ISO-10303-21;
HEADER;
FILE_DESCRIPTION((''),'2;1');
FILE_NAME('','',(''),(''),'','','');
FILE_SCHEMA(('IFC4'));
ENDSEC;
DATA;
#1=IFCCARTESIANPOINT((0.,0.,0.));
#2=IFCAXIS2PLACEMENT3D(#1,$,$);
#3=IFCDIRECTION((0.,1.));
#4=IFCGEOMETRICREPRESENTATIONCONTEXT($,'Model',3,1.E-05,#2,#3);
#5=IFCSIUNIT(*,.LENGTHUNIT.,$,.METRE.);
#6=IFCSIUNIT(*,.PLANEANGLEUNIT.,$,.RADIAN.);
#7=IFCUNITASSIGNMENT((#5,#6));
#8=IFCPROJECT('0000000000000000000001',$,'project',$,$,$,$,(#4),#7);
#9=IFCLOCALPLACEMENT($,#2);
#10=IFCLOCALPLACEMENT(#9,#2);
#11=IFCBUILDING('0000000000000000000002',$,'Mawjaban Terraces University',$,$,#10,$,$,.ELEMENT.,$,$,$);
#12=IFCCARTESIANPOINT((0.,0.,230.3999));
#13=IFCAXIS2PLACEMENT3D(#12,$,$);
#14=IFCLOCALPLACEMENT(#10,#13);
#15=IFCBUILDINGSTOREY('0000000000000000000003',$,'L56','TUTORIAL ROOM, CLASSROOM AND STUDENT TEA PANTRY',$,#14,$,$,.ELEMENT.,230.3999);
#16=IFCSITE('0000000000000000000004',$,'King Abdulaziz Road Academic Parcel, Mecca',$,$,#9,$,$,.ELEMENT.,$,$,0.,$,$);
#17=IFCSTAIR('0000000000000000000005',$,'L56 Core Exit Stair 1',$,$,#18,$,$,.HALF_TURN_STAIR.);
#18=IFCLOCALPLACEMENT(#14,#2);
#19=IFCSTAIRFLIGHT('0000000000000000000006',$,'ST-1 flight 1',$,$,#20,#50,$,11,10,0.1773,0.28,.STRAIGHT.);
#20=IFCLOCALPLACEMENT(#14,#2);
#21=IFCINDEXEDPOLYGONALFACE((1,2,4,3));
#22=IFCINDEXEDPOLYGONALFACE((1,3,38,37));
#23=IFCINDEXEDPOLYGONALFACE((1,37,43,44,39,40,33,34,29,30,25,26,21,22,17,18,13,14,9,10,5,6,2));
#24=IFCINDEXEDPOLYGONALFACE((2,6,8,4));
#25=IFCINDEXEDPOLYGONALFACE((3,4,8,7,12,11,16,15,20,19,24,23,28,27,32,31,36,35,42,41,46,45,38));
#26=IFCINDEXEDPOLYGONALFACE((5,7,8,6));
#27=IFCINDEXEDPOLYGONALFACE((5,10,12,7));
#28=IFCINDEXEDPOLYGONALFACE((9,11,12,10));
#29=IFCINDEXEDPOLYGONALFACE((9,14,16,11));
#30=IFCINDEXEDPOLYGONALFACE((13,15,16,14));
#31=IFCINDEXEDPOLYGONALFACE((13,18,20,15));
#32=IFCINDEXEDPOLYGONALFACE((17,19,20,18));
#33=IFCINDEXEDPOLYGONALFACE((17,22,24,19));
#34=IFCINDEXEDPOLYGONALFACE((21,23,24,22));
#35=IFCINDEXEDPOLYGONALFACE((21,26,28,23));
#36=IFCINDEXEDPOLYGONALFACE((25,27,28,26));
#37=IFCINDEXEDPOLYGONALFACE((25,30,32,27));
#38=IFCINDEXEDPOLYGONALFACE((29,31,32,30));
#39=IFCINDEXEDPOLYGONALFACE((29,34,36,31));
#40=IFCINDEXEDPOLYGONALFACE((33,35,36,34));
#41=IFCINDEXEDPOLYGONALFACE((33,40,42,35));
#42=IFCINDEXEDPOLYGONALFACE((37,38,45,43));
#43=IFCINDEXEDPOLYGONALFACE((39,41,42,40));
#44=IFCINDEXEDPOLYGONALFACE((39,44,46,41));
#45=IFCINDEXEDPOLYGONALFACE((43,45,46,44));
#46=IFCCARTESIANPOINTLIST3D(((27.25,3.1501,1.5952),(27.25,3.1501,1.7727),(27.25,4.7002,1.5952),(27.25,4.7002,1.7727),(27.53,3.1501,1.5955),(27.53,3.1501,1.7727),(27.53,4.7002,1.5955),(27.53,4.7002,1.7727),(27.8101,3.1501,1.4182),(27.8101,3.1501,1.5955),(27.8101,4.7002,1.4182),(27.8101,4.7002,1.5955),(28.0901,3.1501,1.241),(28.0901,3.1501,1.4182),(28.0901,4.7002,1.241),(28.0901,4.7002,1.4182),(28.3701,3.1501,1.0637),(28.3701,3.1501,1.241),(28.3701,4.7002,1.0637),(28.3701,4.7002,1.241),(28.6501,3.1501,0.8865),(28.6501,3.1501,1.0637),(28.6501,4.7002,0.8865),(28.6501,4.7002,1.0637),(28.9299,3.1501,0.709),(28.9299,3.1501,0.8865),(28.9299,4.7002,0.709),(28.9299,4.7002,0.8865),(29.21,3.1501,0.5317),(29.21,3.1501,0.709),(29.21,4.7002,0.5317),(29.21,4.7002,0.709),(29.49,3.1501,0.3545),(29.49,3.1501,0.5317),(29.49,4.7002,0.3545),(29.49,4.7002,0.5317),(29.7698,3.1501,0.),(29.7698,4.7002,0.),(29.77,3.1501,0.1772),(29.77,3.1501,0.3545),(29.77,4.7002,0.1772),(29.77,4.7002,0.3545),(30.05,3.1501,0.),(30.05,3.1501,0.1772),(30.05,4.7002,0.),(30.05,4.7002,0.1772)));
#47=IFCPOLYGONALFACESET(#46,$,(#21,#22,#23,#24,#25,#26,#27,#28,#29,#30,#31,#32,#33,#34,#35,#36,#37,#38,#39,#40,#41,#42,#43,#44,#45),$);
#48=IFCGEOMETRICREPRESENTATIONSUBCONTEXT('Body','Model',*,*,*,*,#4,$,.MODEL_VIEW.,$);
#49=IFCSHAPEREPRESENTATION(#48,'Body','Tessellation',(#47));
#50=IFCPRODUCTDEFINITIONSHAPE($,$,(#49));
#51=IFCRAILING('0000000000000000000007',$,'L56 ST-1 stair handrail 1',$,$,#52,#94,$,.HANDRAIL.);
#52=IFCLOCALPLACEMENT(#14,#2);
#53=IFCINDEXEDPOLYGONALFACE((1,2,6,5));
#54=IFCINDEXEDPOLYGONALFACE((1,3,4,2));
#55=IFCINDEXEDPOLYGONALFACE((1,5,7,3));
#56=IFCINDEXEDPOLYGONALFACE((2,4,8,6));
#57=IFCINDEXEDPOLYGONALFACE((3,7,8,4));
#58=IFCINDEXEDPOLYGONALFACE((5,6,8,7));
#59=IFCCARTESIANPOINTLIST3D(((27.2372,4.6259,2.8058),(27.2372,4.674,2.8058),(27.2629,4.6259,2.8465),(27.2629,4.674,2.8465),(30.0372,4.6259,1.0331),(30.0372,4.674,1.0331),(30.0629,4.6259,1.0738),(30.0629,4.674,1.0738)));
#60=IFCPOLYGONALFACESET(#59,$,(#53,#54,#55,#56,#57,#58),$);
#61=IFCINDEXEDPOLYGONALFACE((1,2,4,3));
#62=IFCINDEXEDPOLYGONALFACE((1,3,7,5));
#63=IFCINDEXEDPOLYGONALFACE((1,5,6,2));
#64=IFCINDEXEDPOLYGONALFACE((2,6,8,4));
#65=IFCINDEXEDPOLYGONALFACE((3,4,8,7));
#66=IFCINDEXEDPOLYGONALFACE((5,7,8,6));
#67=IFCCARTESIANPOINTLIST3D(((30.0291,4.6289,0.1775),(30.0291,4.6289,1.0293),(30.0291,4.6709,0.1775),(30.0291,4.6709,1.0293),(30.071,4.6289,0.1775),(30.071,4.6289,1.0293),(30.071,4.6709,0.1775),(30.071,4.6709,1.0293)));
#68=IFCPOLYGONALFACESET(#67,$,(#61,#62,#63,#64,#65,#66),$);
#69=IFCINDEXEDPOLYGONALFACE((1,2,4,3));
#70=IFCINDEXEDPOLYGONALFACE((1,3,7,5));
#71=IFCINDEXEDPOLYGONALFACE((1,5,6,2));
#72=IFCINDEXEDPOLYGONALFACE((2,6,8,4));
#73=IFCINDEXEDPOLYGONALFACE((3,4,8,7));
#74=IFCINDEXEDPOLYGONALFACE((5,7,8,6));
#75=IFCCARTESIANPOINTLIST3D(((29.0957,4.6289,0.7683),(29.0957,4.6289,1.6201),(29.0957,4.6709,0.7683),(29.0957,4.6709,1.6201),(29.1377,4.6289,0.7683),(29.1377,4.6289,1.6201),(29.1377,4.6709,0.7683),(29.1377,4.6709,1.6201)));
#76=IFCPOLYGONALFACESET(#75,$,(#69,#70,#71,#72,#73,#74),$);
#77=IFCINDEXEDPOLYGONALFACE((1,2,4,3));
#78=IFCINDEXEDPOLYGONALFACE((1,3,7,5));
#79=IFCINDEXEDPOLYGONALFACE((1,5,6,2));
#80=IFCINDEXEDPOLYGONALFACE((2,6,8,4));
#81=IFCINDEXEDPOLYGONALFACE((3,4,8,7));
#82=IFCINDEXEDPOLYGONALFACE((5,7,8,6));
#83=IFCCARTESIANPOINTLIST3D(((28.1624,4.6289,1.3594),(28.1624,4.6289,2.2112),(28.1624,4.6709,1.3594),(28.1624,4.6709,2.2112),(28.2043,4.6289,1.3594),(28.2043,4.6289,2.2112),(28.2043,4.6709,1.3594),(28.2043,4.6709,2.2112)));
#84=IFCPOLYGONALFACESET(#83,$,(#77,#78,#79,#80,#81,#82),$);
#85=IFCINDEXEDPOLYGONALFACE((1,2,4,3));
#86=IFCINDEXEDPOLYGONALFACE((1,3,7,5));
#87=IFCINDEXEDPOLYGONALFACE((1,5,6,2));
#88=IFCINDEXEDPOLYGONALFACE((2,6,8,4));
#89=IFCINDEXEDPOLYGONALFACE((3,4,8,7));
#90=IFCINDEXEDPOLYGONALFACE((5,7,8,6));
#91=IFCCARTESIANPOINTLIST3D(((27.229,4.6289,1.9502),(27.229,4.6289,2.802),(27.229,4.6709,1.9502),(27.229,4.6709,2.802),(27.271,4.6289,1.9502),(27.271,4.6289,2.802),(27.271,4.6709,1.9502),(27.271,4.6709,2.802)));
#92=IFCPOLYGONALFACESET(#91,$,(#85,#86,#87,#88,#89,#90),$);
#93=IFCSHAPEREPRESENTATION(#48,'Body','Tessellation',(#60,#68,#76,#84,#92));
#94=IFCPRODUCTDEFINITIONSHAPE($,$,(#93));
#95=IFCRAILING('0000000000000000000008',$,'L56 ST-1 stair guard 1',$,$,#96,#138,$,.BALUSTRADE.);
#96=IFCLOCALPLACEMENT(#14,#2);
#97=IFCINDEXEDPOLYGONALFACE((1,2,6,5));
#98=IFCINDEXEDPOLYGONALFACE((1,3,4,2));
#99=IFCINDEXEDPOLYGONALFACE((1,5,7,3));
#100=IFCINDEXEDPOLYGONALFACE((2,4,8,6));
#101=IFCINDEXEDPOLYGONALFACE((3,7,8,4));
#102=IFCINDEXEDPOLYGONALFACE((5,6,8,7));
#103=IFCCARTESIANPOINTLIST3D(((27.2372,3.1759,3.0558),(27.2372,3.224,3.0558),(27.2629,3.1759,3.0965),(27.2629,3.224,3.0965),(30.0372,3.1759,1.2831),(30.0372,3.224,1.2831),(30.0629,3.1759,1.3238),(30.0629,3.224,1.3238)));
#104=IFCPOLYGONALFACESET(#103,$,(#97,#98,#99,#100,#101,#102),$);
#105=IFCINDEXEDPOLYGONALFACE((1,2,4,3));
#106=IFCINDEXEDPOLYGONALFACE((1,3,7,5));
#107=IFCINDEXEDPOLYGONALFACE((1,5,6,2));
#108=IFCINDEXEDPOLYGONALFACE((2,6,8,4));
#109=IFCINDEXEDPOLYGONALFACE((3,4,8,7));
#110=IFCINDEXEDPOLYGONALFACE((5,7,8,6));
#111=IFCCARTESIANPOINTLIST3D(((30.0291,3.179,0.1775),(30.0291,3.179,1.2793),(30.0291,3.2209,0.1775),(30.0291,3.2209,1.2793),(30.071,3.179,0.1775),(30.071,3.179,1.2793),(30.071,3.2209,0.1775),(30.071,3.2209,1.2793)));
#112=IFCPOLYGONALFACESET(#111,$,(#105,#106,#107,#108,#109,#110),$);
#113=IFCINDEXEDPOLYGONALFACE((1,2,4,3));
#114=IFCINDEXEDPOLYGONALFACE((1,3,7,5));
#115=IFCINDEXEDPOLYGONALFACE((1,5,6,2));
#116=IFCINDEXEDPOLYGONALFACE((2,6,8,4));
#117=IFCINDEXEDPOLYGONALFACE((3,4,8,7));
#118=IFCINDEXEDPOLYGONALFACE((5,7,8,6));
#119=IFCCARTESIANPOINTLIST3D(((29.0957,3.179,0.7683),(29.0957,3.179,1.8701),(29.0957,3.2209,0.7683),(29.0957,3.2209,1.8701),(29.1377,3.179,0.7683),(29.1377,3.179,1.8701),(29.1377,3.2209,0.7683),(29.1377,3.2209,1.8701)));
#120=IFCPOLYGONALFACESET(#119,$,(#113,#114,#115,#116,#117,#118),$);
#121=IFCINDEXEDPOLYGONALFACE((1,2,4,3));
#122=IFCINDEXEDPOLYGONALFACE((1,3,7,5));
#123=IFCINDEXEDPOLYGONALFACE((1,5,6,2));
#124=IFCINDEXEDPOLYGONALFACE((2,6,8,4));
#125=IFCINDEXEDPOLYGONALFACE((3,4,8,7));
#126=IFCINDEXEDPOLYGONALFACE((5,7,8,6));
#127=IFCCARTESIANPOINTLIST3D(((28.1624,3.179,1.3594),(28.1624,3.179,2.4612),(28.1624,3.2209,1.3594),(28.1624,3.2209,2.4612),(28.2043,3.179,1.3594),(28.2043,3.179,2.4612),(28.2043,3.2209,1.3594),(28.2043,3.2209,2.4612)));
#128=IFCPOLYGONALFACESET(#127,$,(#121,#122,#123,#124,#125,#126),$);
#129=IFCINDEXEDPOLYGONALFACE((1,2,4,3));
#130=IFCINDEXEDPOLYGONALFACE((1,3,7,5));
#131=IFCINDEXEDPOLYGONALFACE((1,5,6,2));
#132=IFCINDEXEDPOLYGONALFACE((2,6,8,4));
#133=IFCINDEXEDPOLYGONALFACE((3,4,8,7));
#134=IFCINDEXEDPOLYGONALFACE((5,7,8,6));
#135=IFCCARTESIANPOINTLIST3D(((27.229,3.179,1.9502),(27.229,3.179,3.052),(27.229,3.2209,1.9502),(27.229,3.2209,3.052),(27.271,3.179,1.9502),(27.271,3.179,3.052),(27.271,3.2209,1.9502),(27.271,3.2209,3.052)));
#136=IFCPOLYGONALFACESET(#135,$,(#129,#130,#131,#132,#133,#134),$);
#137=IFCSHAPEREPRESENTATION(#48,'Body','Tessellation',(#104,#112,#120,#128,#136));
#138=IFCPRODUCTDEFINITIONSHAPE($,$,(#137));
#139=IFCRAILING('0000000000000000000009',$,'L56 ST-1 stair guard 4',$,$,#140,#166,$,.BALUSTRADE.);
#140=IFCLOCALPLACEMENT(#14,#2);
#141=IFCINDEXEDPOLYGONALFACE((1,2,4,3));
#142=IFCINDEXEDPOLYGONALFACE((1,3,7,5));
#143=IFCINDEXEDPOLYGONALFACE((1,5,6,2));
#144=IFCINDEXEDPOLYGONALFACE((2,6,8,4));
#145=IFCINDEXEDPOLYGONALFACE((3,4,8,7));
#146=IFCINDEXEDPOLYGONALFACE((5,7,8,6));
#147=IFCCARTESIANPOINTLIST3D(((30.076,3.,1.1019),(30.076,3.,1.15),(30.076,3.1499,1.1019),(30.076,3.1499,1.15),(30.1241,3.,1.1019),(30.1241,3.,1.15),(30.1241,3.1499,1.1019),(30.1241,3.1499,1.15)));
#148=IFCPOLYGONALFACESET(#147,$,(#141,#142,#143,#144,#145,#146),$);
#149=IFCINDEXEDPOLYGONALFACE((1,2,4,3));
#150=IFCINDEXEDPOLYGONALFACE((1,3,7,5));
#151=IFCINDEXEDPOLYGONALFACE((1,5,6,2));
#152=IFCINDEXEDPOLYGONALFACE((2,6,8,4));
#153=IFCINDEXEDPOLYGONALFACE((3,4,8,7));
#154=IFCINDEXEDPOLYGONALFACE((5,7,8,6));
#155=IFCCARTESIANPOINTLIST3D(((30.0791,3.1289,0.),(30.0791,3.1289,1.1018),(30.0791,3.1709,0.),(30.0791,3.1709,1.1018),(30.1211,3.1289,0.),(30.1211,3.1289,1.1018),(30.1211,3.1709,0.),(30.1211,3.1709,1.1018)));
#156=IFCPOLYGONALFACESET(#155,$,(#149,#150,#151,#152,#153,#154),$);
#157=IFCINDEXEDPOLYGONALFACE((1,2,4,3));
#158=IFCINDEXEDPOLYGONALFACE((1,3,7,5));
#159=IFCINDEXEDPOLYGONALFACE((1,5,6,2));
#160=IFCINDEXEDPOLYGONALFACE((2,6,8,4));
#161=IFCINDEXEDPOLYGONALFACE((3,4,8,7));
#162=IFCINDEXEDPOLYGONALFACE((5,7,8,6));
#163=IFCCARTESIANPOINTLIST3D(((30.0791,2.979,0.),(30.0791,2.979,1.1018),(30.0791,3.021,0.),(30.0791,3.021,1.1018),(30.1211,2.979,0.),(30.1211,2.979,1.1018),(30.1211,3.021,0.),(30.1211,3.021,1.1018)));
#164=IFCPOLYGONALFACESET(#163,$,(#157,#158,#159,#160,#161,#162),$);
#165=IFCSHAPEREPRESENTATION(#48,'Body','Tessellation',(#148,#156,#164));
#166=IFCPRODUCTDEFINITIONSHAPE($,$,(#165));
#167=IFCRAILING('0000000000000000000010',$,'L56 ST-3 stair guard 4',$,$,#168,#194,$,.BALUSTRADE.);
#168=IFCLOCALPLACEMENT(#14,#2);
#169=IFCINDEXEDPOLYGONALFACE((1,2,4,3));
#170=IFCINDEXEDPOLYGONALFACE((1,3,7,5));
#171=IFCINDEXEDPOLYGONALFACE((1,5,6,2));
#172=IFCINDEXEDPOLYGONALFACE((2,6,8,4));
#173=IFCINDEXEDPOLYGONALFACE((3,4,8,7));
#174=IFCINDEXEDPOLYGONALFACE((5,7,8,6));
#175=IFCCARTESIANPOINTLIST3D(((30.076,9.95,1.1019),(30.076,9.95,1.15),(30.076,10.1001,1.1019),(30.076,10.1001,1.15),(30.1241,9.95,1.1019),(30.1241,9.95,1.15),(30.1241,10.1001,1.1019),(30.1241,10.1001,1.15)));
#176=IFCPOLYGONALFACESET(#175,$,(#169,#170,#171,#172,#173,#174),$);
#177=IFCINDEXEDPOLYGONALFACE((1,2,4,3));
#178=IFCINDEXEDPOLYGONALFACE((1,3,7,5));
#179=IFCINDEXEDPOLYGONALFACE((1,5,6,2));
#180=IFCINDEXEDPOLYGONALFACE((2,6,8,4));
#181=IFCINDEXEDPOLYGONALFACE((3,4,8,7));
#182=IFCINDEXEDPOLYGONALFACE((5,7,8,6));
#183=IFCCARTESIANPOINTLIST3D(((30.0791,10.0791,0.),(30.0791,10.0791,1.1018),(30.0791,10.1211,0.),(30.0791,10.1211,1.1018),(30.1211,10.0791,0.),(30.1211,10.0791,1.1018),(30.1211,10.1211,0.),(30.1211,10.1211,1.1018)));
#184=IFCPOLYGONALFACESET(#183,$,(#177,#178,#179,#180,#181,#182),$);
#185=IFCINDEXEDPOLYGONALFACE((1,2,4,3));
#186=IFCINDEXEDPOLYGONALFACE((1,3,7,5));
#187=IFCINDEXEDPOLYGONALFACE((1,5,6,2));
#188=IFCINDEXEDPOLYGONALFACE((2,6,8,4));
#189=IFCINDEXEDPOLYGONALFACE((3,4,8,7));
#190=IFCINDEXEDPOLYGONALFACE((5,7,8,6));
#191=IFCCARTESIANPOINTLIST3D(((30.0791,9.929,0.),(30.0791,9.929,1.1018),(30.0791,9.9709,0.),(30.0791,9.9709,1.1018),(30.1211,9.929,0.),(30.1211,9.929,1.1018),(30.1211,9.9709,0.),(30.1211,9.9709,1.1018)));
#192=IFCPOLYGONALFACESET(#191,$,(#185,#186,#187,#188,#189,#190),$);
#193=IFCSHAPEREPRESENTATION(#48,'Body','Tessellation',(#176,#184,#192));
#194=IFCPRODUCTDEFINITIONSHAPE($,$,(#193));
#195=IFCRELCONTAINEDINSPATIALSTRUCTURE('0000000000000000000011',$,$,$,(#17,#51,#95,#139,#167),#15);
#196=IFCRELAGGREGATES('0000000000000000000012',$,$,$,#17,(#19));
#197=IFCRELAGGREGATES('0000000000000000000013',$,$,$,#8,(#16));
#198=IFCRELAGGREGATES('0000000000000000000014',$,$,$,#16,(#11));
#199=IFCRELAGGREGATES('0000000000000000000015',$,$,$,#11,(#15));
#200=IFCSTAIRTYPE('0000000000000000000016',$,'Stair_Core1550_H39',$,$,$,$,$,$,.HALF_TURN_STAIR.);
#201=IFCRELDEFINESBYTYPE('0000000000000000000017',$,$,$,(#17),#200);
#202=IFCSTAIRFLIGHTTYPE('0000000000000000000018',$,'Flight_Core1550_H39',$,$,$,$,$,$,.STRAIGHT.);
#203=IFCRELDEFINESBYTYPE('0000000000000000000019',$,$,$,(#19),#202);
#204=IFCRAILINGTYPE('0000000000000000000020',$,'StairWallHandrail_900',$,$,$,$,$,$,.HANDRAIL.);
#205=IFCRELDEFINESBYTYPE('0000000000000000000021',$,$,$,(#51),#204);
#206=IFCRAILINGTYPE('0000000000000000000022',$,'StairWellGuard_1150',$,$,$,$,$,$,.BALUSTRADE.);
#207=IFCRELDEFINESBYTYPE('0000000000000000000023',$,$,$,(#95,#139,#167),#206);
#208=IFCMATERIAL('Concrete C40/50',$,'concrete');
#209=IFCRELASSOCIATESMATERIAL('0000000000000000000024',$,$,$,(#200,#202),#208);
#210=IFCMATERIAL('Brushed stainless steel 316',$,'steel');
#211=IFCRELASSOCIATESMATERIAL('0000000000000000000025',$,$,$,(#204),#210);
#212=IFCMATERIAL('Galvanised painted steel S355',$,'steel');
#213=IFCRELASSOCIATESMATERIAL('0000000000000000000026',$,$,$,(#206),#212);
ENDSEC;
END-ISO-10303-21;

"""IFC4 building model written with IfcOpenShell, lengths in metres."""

from ifc_helpers import new_model, si_unit, direction, frame, origin, origin_2d, place, context, subcontext, project, spatial, polyline, rectangle, outline, extrude, material, type_object, element, aggregate, save


model = new_model("IFC4")

# Units and contexts
model_context = context("Model", 3, precision=1e-05, world=origin(), true_north=direction((0.0, 1.0)))
body_context = subcontext(model_context, "Body", "Model", "MODEL_VIEW")
ifc_project = project(units=[si_unit("LENGTHUNIT", "METRE"), si_unit("PLANEANGLEUNIT", "RADIAN")], contexts=[model_context])

# Site, building, storey
site_placement = place(None, origin())
site = spatial("IfcSite", under=ifc_project, at=site_placement, Name="King Abdulaziz Road Academic Parcel, Mecca", CompositionType="ELEMENT", RefElevation=0.0)
building_placement = place(site_placement, origin())
building = spatial("IfcBuilding", under=site, at=building_placement, Name="Mawjaban Terraces University", CompositionType="ELEMENT")
storey_placement = place(building_placement, frame((0.0, 0.0, 230.3999)))
storey = spatial("IfcBuildingStorey", under=building, at=storey_placement, Name="L56", Description="TUTORIAL ROOM, CLASSROOM AND STUDENT TEA PANTRY", CompositionType="ELEMENT", Elevation=230.3999)

# Shared definitions
ifc_material_1 = material(Name="Concrete C40/50", Category="concrete")

# Stair, stair flight
stair_type = type_object("IfcStairType", Name="Stair_Core1550_H39", PredefinedType="HALF_TURN_STAIR", material=ifc_material_1)
stair_placement = place(storey_placement, origin())
stair = element("IfcStair", 1, at=stair_placement, inside=storey, type_object=stair_type, Name="L56 Core Exit Stair 1", PredefinedType="HALF_TURN_STAIR")
stair_flight_type = type_object("IfcStairFlightType", Name="Flight_Core1550_H39", PredefinedType="STRAIGHT", material=ifc_material_1)
stair_flight_placement = place(storey_placement, frame((30.05, 3.925, 0.0), z_axis=(0.0, 0.0, 1.0), x_axis=(-1.0, 0.0, 0.0)))
stair_flight = element("IfcStairFlight", 2, at=stair_flight_placement, type_object=stair_flight_type, Name="ST-1 flight 1", NumberOfRisers=11, NumberOfTreads=10, PredefinedType="STRAIGHT", RiserHeight=0.1773, TreadLength=0.28, context=body_context, shape_type="SweptSolid", body=[
    extrude(outline(polyline([(0.0, 0.0), (0.0, 0.1772), (0.28, 0.1772), (0.28, 0.3545), (0.5601, 0.3545), (0.5601, 0.5317), (0.8401, 0.5317), (0.8401, 0.709), (1.1201, 0.709), (1.1201, 0.8865), (1.3999, 0.8865), (1.3999, 1.0637), (1.6799, 1.0637), (1.6799, 1.241), (1.96, 1.241), (1.96, 1.4182), (2.24, 1.4182), (2.24, 1.5955), (2.52, 1.5955), (2.52, 1.7727), (2.8, 1.7727), (2.8, 1.95), (2.8, 1.5952), (0.2803, 0.0), (0.0, 0.0)])), frame((0.0, 0.7749, 0.0), z_axis=(0.0, -1.0, 0.0), x_axis=(1.0, 0.0, 0.0)), (0.0, 0.0, 1.0), 1.55),
])
aggregate(stair, [stair_flight])

# Railings
ifc_material_2 = material(Name="Brushed stainless steel 316", Category="steel")
railing_type_1 = type_object("IfcRailingType", Name="StairWallHandrail_900", PredefinedType="HANDRAIL", material=ifc_material_2)
railing_1_placement = place(storey_placement, frame((30.05, 4.6499, 0.1775)))
element("IfcRailing", 3, at=railing_1_placement, inside=storey, type_object=railing_type_1, Name="L56 ST-1 stair handrail 1", PredefinedType="HANDRAIL", context=body_context, shape_type="SweptSolid", body=[
    extrude(rectangle(XDim=0.0481, YDim=0.0481, at=origin_2d()), frame((0.0, 0.0, 0.876), z_axis=(-0.844909, 0.0, 0.53491), x_axis=(0.0, -1.0, 0.0)), (0.0, 0.0, 1.0), 3.314),
    extrude(rectangle(XDim=0.042, YDim=0.042, at=origin_2d()), origin(), (0.0, 0.0, 1.0), 0.8518),
    extrude(rectangle(XDim=0.042, YDim=0.042, at=origin_2d()), frame((-0.9333, 0.0, 0.5908)), (0.0, 0.0, 1.0), 0.8518),
    extrude(rectangle(XDim=0.042, YDim=0.042, at=origin_2d()), frame((-1.8667, 0.0, 1.1819)), (0.0, 0.0, 1.0), 0.8518),
    extrude(rectangle(XDim=0.042, YDim=0.042, at=origin_2d()), frame((-2.8, 0.0, 1.7727)), (0.0, 0.0, 1.0), 0.8518),
])
ifc_material_3 = material(Name="Galvanised painted steel S355", Category="steel")
railing_type_2 = type_object("IfcRailingType", Name="StairWellGuard_1150", PredefinedType="BALUSTRADE", material=ifc_material_3)
railing_2_placement = place(storey_placement, frame((30.05, 3.2, 0.1775)))
element("IfcRailing", 4, at=railing_2_placement, inside=storey, type_object=railing_type_2, Name="L56 ST-1 stair guard 1", PredefinedType="BALUSTRADE", context=body_context, shape_type="SweptSolid", body=[
    extrude(rectangle(XDim=0.0481, YDim=0.0481, at=origin_2d()), frame((0.0, 0.0, 1.126), z_axis=(-0.844909, 0.0, 0.53491), x_axis=(0.0, -1.0, 0.0)), (0.0, 0.0, 1.0), 3.314),
    extrude(rectangle(XDim=0.042, YDim=0.042, at=origin_2d()), origin(), (0.0, 0.0, 1.0), 1.1018),
    extrude(rectangle(XDim=0.042, YDim=0.042, at=origin_2d()), frame((-0.9333, 0.0, 0.5908)), (0.0, 0.0, 1.0), 1.1018),
    extrude(rectangle(XDim=0.042, YDim=0.042, at=origin_2d()), frame((-1.8667, 0.0, 1.1819)), (0.0, 0.0, 1.0), 1.1018),
    extrude(rectangle(XDim=0.042, YDim=0.042, at=origin_2d()), frame((-2.8, 0.0, 1.7727)), (0.0, 0.0, 1.0), 1.1018),
])
railing_3_placement = place(storey_placement, frame((30.1001, 3.1499, 0.0)))
element("IfcRailing", 5, at=railing_3_placement, inside=storey, type_object=railing_type_2, Name="L56 ST-1 stair guard 4", PredefinedType="BALUSTRADE", context=body_context, shape_type="SweptSolid", body=[
    extrude(rectangle(XDim=0.0481, YDim=0.0481, at=origin_2d()), frame((0.0, 0.0, 1.126), z_axis=(0.0, -1.0, 0.0), x_axis=(1.0, 0.0, 0.0)), (0.0, 0.0, 1.0), 0.1499),
    extrude(rectangle(XDim=0.042, YDim=0.042, at=origin_2d()), origin(), (0.0, 0.0, 1.0), 1.1018),
    extrude(rectangle(XDim=0.042, YDim=0.042, at=origin_2d()), frame((0.0, -0.1499, 0.0)), (0.0, 0.0, 1.0), 1.1018),
])
railing_4_placement = place(storey_placement, frame((30.1001, 10.1001, 0.0)))
element("IfcRailing", 6, at=railing_4_placement, inside=storey, type_object=railing_type_2, Name="L56 ST-3 stair guard 4", PredefinedType="BALUSTRADE", context=body_context, shape_type="SweptSolid", body=[
    extrude(rectangle(XDim=0.0481, YDim=0.0481, at=origin_2d()), frame((0.0, 0.0, 1.126), z_axis=(0.0, -1.0, 0.0), x_axis=(1.0, 0.0, 0.0)), (0.0, 0.0, 1.0), 0.1501),
    extrude(rectangle(XDim=0.042, YDim=0.042, at=origin_2d()), origin(), (0.0, 0.0, 1.0), 1.1018),
    extrude(rectangle(XDim=0.042, YDim=0.042, at=origin_2d()), frame((0.0, -0.1501, 0.0)), (0.0, 0.0, 1.0), 1.1018),
])

save(model, "model.ifc")
